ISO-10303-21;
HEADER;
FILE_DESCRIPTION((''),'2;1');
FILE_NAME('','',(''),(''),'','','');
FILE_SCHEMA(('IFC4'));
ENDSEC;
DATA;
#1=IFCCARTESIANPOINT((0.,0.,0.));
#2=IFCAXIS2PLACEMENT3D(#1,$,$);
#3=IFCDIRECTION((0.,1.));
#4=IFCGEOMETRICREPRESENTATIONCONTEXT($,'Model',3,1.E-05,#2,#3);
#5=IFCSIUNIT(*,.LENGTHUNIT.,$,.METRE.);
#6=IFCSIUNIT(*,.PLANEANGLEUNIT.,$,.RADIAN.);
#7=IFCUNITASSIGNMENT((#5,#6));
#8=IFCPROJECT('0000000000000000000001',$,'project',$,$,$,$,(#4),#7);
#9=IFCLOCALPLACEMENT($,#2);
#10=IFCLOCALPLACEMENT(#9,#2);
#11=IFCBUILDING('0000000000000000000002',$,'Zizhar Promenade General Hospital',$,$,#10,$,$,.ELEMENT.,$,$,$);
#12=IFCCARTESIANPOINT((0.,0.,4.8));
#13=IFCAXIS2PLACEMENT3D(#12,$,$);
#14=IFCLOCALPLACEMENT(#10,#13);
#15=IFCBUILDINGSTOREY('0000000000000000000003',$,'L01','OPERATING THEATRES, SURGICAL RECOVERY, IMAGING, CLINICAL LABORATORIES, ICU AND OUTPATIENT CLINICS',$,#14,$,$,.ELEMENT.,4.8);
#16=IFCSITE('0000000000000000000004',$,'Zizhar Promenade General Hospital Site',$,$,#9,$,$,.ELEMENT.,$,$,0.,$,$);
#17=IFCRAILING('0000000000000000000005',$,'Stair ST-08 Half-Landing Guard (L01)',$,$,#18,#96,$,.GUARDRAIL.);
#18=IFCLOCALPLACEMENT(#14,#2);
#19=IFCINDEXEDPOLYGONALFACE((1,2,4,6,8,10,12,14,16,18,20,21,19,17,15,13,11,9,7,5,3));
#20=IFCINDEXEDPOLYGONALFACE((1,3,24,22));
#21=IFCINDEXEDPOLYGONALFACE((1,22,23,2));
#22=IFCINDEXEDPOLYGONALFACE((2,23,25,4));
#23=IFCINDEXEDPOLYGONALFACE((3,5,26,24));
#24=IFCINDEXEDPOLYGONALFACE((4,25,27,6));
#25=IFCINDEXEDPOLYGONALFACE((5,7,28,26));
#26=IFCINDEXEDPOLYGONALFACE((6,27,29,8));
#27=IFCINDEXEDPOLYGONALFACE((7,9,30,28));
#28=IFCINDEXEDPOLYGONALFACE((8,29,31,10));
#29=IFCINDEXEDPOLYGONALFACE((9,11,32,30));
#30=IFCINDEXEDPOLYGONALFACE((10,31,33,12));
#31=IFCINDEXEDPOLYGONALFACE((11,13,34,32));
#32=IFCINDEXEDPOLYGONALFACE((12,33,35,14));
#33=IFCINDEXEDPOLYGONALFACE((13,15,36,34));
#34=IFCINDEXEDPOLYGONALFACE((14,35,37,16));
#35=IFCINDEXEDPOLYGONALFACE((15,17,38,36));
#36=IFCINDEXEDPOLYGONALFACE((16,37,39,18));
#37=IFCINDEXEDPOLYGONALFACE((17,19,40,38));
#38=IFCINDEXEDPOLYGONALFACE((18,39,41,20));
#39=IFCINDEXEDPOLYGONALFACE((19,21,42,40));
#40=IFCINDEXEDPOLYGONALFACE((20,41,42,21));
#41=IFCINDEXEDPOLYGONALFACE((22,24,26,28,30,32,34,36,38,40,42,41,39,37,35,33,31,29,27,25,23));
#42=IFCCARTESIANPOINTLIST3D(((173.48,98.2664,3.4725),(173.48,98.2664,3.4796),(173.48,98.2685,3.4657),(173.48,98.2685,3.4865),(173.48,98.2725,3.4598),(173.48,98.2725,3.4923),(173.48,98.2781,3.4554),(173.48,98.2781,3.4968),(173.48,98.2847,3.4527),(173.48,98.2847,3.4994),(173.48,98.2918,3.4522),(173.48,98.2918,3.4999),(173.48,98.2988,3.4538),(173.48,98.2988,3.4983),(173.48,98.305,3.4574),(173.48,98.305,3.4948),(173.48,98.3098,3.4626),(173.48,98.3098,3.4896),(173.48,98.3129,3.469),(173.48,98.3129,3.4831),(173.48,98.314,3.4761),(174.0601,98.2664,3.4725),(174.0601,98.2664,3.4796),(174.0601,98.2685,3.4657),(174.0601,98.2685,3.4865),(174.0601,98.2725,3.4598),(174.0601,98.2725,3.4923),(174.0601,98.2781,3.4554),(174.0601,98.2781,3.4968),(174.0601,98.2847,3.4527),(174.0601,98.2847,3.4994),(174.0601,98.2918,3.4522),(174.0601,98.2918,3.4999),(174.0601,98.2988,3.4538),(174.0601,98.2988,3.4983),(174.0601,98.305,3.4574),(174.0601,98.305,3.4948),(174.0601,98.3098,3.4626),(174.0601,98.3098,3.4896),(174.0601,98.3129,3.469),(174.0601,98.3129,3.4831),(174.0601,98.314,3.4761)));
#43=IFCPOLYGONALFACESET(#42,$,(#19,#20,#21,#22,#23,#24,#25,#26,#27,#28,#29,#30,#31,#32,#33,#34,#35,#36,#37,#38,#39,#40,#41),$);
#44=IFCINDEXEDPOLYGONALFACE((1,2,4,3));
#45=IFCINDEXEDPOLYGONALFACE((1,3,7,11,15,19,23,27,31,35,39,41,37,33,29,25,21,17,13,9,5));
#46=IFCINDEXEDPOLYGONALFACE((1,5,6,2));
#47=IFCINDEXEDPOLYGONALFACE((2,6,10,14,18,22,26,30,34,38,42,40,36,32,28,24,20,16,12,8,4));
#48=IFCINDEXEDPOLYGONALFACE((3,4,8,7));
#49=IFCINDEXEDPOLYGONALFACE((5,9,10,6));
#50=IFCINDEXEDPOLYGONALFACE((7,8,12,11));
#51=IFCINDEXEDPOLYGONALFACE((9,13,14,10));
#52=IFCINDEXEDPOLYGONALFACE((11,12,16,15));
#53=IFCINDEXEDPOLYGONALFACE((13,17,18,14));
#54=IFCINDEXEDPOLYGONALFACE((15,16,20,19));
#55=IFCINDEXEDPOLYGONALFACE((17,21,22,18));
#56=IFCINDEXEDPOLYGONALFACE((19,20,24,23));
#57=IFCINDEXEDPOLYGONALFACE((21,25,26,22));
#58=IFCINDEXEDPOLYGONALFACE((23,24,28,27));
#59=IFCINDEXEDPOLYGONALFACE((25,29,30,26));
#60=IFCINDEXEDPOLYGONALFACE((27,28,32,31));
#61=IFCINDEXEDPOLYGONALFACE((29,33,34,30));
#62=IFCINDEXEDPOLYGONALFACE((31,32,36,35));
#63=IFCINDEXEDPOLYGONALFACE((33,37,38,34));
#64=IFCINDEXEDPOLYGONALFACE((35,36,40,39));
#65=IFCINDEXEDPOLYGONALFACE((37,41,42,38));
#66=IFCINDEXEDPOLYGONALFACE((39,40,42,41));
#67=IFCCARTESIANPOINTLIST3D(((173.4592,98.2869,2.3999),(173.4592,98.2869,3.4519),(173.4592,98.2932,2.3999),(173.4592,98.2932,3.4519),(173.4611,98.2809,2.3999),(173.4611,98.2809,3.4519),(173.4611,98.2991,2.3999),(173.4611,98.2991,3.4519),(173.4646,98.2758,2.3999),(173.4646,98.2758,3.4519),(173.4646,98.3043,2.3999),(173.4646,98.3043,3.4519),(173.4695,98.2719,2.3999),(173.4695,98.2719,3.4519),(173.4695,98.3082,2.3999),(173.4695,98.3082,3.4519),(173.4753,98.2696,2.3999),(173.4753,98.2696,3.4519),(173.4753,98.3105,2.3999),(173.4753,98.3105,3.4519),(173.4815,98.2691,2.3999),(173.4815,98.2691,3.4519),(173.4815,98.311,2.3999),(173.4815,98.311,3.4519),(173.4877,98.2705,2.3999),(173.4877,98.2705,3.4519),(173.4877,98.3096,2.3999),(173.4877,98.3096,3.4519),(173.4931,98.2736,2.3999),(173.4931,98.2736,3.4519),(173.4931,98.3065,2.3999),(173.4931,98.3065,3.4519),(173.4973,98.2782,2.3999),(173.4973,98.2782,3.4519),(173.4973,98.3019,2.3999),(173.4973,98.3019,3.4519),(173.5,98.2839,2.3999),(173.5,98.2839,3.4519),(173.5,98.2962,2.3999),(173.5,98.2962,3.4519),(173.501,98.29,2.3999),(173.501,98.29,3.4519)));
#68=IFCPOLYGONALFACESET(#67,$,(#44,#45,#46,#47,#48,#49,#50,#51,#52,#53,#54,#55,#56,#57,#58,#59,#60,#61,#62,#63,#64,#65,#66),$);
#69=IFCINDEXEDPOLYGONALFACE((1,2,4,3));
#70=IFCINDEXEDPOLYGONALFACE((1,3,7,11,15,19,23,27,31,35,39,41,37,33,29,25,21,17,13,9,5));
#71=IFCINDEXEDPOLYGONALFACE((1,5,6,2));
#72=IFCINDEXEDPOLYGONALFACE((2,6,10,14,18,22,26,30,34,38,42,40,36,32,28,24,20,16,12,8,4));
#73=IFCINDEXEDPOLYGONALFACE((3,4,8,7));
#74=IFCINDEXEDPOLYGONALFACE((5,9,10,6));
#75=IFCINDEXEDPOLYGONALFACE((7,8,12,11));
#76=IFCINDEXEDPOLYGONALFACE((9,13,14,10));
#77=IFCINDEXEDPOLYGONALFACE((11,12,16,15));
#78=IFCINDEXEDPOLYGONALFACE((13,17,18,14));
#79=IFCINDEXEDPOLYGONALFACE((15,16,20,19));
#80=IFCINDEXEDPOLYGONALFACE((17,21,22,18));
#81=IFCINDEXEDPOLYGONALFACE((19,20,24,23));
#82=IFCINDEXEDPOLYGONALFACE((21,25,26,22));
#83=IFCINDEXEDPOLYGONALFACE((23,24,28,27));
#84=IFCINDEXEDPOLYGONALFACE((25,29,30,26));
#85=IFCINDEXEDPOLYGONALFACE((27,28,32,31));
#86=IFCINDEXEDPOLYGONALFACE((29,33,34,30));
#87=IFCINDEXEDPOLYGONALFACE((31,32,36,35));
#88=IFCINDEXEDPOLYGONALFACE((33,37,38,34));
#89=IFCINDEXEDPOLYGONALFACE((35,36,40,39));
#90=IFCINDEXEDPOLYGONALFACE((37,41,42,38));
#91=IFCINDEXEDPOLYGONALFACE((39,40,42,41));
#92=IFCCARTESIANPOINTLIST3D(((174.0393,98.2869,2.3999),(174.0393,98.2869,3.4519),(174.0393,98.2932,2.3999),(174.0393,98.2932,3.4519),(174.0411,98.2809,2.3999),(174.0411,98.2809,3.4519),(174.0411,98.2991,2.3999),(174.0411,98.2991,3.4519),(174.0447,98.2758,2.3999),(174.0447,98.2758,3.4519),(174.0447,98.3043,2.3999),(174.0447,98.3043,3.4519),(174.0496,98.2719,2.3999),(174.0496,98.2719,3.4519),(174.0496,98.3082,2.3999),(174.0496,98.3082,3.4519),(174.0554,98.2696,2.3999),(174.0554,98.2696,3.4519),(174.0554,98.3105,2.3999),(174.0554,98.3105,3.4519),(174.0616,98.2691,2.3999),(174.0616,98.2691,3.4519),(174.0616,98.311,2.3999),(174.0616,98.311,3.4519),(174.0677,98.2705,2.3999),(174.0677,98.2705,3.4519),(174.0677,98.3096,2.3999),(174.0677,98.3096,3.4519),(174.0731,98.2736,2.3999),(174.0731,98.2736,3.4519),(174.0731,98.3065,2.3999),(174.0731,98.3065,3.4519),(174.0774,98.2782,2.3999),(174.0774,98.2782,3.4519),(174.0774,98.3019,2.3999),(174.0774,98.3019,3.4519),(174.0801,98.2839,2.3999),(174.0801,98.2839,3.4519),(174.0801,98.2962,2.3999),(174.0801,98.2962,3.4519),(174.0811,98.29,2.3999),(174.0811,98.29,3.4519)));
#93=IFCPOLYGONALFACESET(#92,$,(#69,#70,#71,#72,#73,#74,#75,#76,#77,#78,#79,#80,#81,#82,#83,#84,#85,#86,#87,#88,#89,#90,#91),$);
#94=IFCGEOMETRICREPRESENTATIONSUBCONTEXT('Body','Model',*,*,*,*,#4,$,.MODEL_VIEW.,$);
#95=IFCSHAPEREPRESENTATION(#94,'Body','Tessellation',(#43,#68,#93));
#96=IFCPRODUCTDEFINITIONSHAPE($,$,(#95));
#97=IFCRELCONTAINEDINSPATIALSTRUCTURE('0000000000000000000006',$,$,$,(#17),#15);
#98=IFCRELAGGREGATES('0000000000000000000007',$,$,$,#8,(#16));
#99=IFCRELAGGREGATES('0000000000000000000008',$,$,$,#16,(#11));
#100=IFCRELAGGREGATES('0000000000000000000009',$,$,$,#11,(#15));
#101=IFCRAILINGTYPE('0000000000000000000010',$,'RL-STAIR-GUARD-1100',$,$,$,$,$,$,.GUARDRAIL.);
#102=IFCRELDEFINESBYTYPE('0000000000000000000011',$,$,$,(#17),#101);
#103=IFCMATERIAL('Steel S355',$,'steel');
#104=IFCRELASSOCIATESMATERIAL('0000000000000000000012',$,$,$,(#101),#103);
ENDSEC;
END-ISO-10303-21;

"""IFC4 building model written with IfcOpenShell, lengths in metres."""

from ifc_helpers import new_model, si_unit, direction, frame, origin, origin_2d, place, context, subcontext, project, spatial, circle, hollow_circle, extrude, material, material_profile, profile_set, type_object, element, save


model = new_model("IFC4")

# Units and contexts
model_context = context("Model", 3, precision=1e-05, world=origin(), true_north=direction((0.0, 1.0)))
body_context = subcontext(model_context, "Body", "Model", "MODEL_VIEW")
ifc_project = project(units=[si_unit("LENGTHUNIT", "METRE"), si_unit("PLANEANGLEUNIT", "RADIAN")], contexts=[model_context])

# Site, building, storey
site_placement = place(None, origin())
site = spatial("IfcSite", under=ifc_project, at=site_placement, Name="Zizhar Promenade General Hospital Site", CompositionType="ELEMENT", RefElevation=0.0)
building_placement = place(site_placement, origin())
building = spatial("IfcBuilding", under=site, at=building_placement, Name="Zizhar Promenade General Hospital", CompositionType="ELEMENT")
storey_placement = place(building_placement, frame((0.0, 0.0, 4.8)))
storey = spatial("IfcBuildingStorey", under=building, at=storey_placement, Name="L01", Description="OPERATING THEATRES, SURGICAL RECOVERY, IMAGING, CLINICAL LABORATORIES, ICU AND OUTPATIENT CLINICS", CompositionType="ELEMENT", Elevation=4.8)

# Railing
ifc_material_1 = material(Name="Steel S355", Category="steel")
ifc_material_profile_1 = material_profile(ifc_material_1, hollow_circle(Radius=0.0698, WallThickness=0.0063, at=origin_2d()))
ifc_profile_set_1 = profile_set([ifc_material_profile_1], Name="Steel S355")
railing_type_1 = type_object("IfcRailingType", Name="RL-STAIR-GUARD-1100", PredefinedType="GUARDRAIL", material=ifc_profile_set_1)
railing_1_placement = place(storey_placement, frame((173.48, 98.29, 2.3999)))
element("IfcRailing", 1, at=railing_1_placement, inside=storey, type_object=railing_type_1, Name="Stair ST-08 Half-Landing Guard (L01)", PredefinedType="GUARDRAIL", context=body_context, shape_type="SweptSolid", body=[
    extrude(circle(Radius=0.0239, at=origin_2d()), frame((0.0, 0.0, 1.0762), z_axis=(1.0, 0.0, 0.0), x_axis=(0.0, 1.0, 0.0)), (0.0, 0.0, 1.0), 0.5801),
    extrude(circle(Radius=0.021, at=origin_2d()), origin(), (0.0, 0.0, 1.0), 1.052),
    extrude(circle(Radius=0.021, at=origin_2d()), frame((0.5801, 0.0, 0.0)), (0.0, 0.0, 1.0), 1.052),
])

save(model, "model.ifc")
